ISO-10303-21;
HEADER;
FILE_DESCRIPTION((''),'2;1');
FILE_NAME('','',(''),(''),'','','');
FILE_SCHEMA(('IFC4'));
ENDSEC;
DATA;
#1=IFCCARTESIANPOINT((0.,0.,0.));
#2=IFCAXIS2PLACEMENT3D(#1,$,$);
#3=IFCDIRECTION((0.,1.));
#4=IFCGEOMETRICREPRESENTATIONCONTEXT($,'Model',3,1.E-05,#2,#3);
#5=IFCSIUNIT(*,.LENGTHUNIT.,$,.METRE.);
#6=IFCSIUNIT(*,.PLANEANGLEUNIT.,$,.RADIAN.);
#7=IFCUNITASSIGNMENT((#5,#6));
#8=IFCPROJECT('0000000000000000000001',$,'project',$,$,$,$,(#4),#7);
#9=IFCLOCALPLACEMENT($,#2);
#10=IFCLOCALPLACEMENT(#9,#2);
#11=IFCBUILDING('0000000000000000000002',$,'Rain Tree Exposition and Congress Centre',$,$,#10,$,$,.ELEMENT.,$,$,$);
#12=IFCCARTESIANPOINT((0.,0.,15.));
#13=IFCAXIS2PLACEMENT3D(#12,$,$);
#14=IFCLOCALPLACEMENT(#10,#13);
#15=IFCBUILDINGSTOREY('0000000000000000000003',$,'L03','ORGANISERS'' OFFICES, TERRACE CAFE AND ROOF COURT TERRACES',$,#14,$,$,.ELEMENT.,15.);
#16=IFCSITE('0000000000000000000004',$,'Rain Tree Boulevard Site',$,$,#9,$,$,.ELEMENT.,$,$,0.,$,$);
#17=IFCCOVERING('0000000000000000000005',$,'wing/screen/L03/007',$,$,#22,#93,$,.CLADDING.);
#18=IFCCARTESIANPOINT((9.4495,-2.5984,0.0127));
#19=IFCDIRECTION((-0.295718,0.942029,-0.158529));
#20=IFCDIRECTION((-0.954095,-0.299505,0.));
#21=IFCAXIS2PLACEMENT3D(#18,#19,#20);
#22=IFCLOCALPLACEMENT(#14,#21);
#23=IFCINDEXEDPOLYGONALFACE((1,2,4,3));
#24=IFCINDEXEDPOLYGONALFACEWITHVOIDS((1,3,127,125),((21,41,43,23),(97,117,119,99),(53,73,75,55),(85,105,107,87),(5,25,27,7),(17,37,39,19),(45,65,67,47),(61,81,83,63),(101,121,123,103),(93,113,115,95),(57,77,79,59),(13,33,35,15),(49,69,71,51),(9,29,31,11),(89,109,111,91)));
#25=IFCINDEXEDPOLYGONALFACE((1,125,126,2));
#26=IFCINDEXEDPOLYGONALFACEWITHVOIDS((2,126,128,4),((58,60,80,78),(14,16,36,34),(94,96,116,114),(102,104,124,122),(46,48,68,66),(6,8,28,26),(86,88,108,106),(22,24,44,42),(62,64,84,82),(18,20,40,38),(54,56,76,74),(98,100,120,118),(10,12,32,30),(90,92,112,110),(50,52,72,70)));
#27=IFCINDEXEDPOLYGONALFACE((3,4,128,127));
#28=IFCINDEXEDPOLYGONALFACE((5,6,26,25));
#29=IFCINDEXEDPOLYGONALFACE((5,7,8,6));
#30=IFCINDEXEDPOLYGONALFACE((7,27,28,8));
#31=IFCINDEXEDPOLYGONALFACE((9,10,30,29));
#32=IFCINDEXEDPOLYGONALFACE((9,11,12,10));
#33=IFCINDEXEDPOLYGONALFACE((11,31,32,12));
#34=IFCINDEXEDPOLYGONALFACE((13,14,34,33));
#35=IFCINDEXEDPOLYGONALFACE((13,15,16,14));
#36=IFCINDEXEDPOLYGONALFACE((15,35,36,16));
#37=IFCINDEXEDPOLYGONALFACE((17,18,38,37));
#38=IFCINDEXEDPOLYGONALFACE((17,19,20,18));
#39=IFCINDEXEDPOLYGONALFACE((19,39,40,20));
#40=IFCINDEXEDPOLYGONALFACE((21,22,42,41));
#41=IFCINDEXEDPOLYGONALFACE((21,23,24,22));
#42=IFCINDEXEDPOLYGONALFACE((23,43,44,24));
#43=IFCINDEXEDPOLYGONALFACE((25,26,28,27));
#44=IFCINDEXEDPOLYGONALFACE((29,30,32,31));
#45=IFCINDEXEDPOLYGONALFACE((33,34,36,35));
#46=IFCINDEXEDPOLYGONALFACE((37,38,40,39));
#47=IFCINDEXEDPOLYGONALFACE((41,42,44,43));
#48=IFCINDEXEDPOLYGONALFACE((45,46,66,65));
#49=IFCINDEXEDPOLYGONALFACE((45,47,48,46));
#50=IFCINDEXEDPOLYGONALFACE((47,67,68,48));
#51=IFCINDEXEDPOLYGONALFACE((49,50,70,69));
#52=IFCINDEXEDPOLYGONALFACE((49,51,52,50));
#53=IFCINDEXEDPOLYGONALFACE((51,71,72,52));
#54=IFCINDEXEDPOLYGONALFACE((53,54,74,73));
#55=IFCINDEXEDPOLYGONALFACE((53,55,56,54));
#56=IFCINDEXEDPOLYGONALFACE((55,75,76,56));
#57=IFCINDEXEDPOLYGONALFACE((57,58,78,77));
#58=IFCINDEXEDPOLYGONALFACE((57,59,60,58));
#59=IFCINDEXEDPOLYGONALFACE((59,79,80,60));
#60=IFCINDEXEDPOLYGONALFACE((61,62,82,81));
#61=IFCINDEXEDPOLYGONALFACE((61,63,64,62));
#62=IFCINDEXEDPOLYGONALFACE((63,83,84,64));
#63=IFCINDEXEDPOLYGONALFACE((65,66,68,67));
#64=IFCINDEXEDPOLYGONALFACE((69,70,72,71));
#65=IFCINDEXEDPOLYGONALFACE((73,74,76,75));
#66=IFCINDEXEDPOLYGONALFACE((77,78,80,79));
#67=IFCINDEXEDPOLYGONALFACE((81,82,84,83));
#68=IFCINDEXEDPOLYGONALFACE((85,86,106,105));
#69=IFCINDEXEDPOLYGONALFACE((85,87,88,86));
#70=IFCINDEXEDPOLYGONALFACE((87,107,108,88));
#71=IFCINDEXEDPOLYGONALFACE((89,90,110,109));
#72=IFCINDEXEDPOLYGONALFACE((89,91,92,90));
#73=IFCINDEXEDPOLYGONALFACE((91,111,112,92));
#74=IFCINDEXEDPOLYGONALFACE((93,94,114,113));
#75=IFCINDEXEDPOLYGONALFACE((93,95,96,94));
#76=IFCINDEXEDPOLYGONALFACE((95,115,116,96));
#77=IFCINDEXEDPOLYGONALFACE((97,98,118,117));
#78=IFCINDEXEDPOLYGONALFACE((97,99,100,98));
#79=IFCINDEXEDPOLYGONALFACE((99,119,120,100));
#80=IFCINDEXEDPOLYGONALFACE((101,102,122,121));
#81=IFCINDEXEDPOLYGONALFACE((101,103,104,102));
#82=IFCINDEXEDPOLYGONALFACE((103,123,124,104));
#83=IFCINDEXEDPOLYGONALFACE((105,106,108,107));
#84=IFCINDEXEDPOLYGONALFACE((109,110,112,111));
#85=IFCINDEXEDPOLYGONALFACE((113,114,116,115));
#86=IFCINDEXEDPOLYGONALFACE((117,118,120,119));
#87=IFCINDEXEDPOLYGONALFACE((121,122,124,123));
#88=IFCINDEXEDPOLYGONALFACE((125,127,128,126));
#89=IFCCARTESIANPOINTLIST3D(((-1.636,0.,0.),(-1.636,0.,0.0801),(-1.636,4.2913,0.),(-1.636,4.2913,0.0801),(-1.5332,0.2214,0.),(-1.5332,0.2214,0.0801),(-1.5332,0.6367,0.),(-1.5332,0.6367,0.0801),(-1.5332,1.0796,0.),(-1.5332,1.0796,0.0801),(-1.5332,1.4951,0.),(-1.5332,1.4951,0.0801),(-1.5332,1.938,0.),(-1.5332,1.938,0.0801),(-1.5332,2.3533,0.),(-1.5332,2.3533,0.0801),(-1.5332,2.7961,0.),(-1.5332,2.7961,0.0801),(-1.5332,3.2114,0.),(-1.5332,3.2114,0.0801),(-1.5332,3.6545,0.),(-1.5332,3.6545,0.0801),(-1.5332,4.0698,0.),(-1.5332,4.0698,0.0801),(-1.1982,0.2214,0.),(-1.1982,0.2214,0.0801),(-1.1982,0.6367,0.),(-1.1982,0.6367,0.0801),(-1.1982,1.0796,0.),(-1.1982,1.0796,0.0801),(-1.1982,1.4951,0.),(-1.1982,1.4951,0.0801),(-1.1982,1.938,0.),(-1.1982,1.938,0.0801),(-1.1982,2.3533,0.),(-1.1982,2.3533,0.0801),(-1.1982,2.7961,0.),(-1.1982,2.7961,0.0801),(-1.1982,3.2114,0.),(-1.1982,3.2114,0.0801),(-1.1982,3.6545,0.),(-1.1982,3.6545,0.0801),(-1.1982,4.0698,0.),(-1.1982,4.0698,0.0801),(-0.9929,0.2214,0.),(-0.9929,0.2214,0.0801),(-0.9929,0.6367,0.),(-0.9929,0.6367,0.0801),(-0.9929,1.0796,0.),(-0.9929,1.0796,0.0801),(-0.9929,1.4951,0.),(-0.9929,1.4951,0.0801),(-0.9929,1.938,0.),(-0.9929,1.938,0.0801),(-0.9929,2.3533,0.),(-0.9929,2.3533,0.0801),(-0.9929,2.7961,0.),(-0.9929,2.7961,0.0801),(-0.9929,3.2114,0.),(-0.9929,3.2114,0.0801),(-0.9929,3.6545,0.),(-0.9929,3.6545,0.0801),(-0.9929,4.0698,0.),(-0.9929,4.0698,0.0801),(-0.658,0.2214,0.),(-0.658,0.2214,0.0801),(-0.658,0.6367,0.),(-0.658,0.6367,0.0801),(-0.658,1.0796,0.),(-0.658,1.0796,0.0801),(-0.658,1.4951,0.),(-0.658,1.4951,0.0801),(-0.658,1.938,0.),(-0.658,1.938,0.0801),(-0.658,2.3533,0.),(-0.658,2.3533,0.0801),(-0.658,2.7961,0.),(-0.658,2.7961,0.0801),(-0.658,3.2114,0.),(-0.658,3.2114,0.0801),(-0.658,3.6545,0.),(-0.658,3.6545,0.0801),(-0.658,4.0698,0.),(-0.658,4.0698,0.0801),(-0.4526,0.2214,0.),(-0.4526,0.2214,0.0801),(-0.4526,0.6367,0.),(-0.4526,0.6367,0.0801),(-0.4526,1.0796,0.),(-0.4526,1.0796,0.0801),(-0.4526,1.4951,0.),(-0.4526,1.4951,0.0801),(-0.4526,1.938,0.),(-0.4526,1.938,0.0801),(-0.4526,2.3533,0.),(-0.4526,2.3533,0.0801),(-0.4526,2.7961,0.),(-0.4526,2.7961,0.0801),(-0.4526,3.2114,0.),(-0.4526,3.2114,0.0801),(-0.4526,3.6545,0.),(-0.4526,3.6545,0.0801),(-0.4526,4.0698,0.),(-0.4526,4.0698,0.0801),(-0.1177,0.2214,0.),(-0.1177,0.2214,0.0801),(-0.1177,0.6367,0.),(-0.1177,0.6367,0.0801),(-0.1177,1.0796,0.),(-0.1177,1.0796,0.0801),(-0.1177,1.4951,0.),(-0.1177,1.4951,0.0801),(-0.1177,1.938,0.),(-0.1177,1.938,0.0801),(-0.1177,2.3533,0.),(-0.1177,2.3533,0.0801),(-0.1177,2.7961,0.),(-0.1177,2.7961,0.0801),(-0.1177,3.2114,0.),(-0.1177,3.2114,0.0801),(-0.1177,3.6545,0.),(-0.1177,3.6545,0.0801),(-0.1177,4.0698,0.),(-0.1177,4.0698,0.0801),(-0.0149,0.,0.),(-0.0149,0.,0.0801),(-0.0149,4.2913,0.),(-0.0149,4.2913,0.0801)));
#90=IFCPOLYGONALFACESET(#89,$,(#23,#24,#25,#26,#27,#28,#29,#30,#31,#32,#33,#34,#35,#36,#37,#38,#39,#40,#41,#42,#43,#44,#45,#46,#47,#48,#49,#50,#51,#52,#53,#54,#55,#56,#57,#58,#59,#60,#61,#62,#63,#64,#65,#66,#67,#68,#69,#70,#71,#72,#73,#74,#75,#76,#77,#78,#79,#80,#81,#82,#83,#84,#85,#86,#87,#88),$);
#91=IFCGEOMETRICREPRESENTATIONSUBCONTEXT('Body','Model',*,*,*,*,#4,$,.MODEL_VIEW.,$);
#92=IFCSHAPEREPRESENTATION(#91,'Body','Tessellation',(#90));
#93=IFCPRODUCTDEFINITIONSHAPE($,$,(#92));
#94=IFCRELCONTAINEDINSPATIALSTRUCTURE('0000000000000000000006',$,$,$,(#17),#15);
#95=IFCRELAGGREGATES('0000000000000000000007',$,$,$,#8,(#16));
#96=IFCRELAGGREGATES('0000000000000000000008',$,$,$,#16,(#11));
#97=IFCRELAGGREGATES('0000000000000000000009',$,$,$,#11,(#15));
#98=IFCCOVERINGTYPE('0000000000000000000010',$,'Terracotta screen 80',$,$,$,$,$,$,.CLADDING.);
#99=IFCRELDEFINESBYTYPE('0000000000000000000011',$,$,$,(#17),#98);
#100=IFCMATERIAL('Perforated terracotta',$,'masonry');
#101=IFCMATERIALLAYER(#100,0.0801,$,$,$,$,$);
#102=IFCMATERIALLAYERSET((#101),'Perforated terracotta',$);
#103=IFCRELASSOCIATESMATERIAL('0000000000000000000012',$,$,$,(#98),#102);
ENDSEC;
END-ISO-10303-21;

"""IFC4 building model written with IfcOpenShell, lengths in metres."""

from ifc_helpers import new_model, si_unit, direction, frame, origin, place, context, subcontext, project, spatial, polyline, outline, extrude, material, layer, layer_set, type_object, element, save


model = new_model("IFC4")

# Units and contexts
model_context = context("Model", 3, precision=1e-05, world=origin(), true_north=direction((0.0, 1.0)))
body_context = subcontext(model_context, "Body", "Model", "MODEL_VIEW")
ifc_project = project(units=[si_unit("LENGTHUNIT", "METRE"), si_unit("PLANEANGLEUNIT", "RADIAN")], contexts=[model_context])

# Site, building, storey
site_placement = place(None, origin())
site = spatial("IfcSite", under=ifc_project, at=site_placement, Name="Rain Tree Boulevard Site", CompositionType="ELEMENT", RefElevation=0.0)
building_placement = place(site_placement, origin())
building = spatial("IfcBuilding", under=site, at=building_placement, Name="Rain Tree Exposition and Congress Centre", CompositionType="ELEMENT")
storey_placement = place(building_placement, frame((0.0, 0.0, 15.0)))
storey = spatial("IfcBuildingStorey", under=building, at=storey_placement, Name="L03", Description="ORGANISERS' OFFICES, TERRACE CAFE AND ROOF COURT TERRACES", CompositionType="ELEMENT", Elevation=15.0)

# Covering
ifc_material_1 = material(Name="Perforated terracotta", Category="masonry")
ifc_layer_1 = layer(ifc_material_1, 0.0801)
ifc_layer_set_1 = layer_set([ifc_layer_1], Name="Perforated terracotta")
covering_type = type_object("IfcCoveringType", Name="Terracotta screen 80", PredefinedType="CLADDING", material=ifc_layer_set_1)
covering_1_placement = place(storey_placement, frame((9.4495, -2.5984, 0.0127), z_axis=(-0.295718, 0.942029, -0.158529), x_axis=(-0.954095, -0.299505, 0.0)))
element("IfcCovering", 1, at=covering_1_placement, inside=storey, type_object=covering_type, Name="wing/screen/L03/007", PredefinedType="CLADDING", context=body_context, shape_type="SweptSolid", body=[
    extrude(outline(polyline([(-1.636, 0.0), (-1.636, 4.2913), (-0.0149, 4.2913), (-0.0149, 0.0), (-1.636, 0.0)]), holes=[polyline([(-0.1177, 0.2214), (-0.1177, 0.6367), (-0.4526, 0.6367), (-0.4526, 0.2214), (-0.1177, 0.2214)]), polyline([(-0.1177, 1.0796), (-0.1177, 1.4951), (-0.4526, 1.4951), (-0.4526, 1.0796), (-0.1177, 1.0796)]), polyline([(-0.1177, 1.938), (-0.1177, 2.3533), (-0.4526, 2.3533), (-0.4526, 1.938), (-0.1177, 1.938)]), polyline([(-0.1177, 2.7961), (-0.1177, 3.2114), (-0.4526, 3.2114), (-0.4526, 2.7961), (-0.1177, 2.7961)]), polyline([(-0.1177, 3.6545), (-0.1177, 4.0698), (-0.4526, 4.0698), (-0.4526, 3.6545), (-0.1177, 3.6545)]), polyline([(-0.658, 0.2214), (-0.658, 0.6367), (-0.9929, 0.6367), (-0.9929, 0.2214), (-0.658, 0.2214)]), polyline([(-0.658, 1.0796), (-0.658, 1.4951), (-0.9929, 1.4951), (-0.9929, 1.0796), (-0.658, 1.0796)]), polyline([(-0.658, 1.938), (-0.658, 2.3533), (-0.9929, 2.3533), (-0.9929, 1.938), (-0.658, 1.938)]), polyline([(-0.658, 2.7961), (-0.658, 3.2114), (-0.9929, 3.2114), (-0.9929, 2.7961), (-0.658, 2.7961)]), polyline([(-0.658, 3.6545), (-0.658, 4.0698), (-0.9929, 4.0698), (-0.9929, 3.6545), (-0.658, 3.6545)]), polyline([(-1.1982, 0.2214), (-1.1982, 0.6367), (-1.5332, 0.6367), (-1.5332, 0.2214), (-1.1982, 0.2214)]), polyline([(-1.1982, 1.0796), (-1.1982, 1.4951), (-1.5332, 1.4951), (-1.5332, 1.0796), (-1.1982, 1.0796)]), polyline([(-1.1982, 1.938), (-1.1982, 2.3533), (-1.5332, 2.3533), (-1.5332, 1.938), (-1.1982, 1.938)]), polyline([(-1.1982, 2.7961), (-1.1982, 3.2114), (-1.5332, 3.2114), (-1.5332, 2.7961), (-1.1982, 2.7961)]), polyline([(-1.1982, 3.6545), (-1.1982, 4.0698), (-1.5332, 4.0698), (-1.5332, 3.6545), (-1.1982, 3.6545)])]), origin(), (0.0, 0.0, 1.0), 0.0801),
])

save(model, "model.ifc")
